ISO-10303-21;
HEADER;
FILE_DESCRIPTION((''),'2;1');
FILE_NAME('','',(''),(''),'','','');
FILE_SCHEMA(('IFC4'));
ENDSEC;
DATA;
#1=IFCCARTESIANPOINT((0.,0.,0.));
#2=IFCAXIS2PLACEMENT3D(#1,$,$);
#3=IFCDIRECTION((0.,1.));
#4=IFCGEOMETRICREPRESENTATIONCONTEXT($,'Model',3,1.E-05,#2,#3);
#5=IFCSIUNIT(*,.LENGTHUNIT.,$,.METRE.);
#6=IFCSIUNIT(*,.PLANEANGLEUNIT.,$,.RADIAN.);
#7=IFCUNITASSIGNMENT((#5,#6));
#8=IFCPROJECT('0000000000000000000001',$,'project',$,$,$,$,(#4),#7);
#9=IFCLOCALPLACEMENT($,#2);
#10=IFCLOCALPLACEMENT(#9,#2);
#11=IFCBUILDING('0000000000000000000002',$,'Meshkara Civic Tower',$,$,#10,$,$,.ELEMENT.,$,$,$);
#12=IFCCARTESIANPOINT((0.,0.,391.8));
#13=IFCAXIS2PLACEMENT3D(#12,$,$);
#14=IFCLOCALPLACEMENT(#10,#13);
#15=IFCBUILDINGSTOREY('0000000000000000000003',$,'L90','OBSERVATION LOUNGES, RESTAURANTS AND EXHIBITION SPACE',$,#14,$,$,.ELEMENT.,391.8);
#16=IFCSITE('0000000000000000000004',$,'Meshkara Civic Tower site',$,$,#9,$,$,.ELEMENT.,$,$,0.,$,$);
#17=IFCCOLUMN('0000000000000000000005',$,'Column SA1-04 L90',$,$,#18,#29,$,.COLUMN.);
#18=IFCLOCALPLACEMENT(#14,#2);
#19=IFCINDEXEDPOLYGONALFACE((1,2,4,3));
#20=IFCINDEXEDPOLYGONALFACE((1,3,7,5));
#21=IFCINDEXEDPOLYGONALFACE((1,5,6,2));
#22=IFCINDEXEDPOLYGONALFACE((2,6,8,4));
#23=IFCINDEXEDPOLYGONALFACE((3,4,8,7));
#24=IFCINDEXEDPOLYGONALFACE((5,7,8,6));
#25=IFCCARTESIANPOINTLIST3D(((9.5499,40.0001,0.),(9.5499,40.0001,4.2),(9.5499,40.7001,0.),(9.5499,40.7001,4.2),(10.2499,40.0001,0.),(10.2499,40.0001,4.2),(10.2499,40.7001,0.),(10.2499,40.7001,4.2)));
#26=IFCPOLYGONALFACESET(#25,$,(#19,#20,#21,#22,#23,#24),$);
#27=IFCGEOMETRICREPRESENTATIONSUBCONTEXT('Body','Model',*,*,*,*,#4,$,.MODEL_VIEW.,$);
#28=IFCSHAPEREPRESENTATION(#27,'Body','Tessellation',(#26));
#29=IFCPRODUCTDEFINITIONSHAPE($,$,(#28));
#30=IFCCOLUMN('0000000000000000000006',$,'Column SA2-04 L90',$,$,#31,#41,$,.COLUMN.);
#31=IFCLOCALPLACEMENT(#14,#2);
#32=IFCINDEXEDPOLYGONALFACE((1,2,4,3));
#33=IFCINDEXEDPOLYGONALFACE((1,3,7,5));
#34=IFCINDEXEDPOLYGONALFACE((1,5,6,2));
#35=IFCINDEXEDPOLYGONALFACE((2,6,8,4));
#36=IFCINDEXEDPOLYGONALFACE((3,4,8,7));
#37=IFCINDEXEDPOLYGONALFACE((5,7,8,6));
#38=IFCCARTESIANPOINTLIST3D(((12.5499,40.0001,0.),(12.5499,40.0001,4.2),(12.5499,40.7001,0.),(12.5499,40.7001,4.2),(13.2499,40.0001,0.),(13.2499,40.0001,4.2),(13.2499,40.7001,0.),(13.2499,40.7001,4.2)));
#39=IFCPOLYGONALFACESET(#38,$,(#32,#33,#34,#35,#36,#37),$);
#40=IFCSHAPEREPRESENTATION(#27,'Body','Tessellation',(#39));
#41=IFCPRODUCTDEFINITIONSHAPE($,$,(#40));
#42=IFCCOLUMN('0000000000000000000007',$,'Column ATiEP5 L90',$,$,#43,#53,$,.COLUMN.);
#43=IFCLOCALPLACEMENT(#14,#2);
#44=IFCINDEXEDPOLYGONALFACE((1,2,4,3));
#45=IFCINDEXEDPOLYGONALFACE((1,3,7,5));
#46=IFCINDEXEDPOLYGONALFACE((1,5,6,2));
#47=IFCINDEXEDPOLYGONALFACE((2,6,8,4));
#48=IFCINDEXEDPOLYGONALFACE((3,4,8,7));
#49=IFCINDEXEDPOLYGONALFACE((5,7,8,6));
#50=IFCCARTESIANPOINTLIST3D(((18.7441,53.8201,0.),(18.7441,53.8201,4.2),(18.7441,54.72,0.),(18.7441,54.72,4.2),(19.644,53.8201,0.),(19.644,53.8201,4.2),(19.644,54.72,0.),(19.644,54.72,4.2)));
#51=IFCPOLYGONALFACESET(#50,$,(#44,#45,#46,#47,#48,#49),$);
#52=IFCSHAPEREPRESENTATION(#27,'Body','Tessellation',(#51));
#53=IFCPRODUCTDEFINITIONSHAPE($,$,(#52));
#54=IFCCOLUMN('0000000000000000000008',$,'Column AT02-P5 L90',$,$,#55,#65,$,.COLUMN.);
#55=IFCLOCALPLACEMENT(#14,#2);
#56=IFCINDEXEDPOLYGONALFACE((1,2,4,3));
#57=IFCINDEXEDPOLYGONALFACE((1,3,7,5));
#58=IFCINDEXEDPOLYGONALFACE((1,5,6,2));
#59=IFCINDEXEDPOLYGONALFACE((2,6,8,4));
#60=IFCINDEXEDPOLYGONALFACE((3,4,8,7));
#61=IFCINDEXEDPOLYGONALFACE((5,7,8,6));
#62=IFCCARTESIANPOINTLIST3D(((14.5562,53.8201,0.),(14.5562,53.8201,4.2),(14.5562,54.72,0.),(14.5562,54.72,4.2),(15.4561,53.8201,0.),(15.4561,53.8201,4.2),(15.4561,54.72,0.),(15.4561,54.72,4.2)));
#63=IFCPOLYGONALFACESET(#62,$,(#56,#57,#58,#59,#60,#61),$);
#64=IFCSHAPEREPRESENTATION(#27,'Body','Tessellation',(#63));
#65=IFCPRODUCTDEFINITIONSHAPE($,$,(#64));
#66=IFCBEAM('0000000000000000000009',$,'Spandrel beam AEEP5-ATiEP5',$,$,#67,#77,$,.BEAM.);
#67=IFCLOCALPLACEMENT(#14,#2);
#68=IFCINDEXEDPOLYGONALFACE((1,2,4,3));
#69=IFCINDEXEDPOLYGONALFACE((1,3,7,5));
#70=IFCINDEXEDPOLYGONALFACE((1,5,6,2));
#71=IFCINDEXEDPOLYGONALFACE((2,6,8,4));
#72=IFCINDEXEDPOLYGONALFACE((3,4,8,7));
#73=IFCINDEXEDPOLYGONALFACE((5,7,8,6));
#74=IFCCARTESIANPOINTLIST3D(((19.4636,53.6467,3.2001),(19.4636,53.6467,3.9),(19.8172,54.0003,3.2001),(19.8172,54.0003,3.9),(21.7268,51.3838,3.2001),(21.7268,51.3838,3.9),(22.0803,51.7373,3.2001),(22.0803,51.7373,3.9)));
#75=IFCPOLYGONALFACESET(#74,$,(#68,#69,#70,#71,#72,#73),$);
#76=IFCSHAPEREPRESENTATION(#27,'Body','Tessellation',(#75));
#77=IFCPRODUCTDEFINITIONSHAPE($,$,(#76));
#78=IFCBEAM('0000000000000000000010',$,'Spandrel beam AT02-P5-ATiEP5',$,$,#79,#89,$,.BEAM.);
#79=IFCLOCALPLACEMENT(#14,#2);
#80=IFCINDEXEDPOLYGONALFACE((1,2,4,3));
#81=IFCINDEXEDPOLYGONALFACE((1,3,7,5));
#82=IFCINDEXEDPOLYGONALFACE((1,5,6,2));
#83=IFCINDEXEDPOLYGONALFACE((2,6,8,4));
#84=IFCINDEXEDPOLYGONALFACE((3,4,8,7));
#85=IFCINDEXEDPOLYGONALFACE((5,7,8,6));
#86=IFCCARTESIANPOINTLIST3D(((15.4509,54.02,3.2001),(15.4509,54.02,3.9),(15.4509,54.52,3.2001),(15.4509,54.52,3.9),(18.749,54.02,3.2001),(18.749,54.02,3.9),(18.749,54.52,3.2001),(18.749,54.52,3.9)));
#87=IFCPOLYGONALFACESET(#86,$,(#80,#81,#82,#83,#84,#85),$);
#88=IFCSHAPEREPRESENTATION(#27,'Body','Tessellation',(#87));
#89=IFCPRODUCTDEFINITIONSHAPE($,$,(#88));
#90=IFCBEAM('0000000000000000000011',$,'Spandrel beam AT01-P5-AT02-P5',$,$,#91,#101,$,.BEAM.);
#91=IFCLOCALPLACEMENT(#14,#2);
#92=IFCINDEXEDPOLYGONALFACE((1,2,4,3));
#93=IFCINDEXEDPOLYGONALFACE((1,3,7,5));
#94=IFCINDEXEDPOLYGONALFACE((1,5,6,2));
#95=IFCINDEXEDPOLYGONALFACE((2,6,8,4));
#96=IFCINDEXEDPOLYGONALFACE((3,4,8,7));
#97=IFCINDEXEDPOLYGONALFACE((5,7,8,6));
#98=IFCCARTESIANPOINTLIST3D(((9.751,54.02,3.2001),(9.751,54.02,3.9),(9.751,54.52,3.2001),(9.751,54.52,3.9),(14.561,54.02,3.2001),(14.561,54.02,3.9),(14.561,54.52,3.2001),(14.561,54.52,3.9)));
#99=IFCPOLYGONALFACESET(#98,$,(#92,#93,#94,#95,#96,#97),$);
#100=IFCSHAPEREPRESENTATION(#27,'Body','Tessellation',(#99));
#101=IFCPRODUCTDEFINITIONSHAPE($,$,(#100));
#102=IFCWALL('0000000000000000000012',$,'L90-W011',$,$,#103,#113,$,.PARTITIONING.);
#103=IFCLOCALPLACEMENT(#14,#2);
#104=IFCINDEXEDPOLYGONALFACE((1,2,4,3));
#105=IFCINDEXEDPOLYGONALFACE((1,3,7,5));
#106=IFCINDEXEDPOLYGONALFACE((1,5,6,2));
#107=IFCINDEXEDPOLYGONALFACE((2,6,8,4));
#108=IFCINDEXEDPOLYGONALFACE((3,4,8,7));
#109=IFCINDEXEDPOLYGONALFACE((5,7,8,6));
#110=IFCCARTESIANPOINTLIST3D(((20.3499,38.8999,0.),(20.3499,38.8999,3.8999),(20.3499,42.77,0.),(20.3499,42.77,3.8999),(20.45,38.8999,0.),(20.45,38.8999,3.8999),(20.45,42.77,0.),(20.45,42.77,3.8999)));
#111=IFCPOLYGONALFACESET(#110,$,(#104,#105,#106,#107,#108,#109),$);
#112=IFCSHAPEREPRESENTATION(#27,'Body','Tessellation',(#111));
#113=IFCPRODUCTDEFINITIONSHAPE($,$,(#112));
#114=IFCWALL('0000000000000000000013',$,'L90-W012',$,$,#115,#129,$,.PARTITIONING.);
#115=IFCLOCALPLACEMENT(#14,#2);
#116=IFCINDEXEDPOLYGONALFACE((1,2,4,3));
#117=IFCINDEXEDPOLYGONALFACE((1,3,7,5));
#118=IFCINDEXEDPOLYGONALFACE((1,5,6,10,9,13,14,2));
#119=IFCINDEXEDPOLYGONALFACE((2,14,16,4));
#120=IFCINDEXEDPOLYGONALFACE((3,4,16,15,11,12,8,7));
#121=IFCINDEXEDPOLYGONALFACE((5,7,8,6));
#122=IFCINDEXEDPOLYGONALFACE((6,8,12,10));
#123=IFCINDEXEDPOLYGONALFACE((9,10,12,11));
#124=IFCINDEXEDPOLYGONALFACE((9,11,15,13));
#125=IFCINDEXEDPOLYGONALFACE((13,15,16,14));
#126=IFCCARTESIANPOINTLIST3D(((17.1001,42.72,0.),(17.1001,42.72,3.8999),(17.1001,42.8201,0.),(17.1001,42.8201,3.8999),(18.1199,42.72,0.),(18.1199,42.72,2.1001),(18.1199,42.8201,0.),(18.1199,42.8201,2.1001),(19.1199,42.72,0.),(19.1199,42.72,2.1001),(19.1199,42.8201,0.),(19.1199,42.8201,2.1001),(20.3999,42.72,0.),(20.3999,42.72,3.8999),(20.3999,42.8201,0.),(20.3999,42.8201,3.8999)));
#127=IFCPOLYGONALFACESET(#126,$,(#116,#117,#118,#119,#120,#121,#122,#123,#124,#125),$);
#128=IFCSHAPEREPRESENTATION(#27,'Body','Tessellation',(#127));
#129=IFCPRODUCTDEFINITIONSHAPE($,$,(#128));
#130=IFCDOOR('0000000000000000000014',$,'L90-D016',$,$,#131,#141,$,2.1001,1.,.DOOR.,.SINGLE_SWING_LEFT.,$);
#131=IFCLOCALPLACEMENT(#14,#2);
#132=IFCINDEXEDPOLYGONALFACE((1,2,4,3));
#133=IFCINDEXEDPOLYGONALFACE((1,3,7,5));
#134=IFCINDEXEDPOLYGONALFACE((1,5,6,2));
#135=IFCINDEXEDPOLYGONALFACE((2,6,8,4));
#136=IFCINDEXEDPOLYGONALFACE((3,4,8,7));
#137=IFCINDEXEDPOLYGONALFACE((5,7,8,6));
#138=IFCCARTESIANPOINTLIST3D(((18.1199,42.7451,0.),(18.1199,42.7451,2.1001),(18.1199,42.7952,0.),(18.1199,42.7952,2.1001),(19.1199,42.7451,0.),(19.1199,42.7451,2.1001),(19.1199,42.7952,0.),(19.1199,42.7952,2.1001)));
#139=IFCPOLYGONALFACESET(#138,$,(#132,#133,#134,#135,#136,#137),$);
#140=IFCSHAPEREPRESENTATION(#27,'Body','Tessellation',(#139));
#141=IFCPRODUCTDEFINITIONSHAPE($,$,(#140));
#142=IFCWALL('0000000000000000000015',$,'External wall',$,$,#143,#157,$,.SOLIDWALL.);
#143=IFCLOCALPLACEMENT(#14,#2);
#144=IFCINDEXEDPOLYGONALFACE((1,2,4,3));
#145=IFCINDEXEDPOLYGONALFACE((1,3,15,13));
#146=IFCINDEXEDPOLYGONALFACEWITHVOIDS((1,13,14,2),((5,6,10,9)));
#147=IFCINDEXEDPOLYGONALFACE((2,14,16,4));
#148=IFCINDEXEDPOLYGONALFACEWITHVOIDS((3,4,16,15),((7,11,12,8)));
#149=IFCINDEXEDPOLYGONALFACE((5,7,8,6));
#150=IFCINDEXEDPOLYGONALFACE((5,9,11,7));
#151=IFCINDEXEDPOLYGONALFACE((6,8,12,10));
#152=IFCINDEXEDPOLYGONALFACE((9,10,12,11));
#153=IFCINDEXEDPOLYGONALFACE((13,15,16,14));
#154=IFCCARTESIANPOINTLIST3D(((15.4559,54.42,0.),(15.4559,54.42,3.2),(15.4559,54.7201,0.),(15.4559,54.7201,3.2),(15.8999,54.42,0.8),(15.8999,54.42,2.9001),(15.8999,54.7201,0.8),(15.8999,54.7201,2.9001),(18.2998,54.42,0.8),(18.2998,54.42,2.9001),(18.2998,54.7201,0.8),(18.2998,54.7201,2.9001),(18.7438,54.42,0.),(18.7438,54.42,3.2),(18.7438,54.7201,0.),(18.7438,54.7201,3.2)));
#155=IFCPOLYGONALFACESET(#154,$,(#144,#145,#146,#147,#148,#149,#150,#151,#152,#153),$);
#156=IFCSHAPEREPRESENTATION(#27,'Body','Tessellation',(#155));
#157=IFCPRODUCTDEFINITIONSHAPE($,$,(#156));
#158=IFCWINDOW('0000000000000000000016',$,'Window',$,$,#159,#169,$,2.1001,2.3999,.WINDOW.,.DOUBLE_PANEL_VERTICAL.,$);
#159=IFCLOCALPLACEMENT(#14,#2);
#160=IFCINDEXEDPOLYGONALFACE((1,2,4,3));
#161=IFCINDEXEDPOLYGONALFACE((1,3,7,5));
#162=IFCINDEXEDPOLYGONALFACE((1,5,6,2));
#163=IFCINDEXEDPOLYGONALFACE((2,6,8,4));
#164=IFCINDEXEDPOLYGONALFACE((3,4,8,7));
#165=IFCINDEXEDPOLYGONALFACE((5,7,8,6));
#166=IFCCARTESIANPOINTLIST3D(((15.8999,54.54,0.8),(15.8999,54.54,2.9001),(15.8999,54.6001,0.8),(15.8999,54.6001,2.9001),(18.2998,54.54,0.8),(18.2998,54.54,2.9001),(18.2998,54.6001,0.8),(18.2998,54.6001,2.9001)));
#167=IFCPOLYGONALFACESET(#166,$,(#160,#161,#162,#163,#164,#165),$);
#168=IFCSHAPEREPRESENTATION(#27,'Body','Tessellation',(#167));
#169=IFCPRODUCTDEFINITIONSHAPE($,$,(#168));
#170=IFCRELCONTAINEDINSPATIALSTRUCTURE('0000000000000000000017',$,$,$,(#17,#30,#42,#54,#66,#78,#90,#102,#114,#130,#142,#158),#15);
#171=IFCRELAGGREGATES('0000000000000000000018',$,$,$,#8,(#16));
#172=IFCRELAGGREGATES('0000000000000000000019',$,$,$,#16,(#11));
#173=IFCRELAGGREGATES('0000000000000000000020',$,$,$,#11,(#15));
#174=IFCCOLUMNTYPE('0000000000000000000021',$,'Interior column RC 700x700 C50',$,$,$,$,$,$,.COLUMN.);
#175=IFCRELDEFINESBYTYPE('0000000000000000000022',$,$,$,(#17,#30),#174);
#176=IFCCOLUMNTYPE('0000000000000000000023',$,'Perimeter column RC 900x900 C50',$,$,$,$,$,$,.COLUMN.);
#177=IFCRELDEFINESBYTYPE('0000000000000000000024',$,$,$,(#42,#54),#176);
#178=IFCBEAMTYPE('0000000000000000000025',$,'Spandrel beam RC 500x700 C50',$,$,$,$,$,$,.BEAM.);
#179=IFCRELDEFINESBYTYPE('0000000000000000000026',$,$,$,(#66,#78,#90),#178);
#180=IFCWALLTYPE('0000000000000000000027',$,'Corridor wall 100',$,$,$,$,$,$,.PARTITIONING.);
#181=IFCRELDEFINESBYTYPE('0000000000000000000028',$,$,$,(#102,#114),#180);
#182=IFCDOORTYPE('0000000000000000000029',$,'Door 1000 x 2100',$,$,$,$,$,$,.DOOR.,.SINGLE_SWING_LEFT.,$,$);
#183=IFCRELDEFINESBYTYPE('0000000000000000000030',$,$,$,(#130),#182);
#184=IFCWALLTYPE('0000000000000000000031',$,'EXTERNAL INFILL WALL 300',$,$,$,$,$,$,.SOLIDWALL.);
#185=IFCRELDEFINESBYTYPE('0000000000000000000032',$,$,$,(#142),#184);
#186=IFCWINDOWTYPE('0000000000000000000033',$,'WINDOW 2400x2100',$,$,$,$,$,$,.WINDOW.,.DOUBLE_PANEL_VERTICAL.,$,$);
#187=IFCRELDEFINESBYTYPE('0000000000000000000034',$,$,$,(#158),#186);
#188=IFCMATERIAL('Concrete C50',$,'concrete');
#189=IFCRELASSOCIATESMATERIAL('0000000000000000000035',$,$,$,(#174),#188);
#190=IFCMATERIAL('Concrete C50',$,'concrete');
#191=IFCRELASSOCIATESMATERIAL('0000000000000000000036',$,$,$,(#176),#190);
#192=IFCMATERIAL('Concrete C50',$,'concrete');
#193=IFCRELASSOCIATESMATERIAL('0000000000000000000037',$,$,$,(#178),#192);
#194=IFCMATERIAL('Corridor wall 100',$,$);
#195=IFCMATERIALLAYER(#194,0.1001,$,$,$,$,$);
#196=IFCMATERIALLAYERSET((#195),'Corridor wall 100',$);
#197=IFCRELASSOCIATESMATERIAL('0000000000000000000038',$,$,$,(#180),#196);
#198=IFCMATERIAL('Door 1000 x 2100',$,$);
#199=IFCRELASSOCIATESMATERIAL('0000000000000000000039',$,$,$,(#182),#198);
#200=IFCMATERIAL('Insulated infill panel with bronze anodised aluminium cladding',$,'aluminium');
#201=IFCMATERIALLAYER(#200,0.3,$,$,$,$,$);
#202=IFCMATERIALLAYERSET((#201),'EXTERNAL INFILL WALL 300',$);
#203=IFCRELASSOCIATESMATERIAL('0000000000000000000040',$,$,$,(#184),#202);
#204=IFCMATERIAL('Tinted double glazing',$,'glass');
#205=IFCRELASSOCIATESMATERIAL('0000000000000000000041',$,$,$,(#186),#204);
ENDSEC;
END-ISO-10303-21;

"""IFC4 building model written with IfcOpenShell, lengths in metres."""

from ifc_helpers import new_model, si_unit, direction, frame, frame_2d, origin, origin_2d, place, context, subcontext, project, spatial, rectangle, extrude, material, layer, layer_set, material_profile, profile_set, type_object, element, fill, save


model = new_model("IFC4")

# Units and contexts
model_context = context("Model", 3, precision=1e-05, world=origin(), true_north=direction((0.0, 1.0)))
body_context = subcontext(model_context, "Body", "Model", "MODEL_VIEW")
ifc_project = project(units=[si_unit("LENGTHUNIT", "METRE"), si_unit("PLANEANGLEUNIT", "RADIAN")], contexts=[model_context])

# Site, building, storey
site_placement = place(None, origin())
site = spatial("IfcSite", under=ifc_project, at=site_placement, Name="Meshkara Civic Tower site", CompositionType="ELEMENT", RefElevation=0.0)
building_placement = place(site_placement, origin())
building = spatial("IfcBuilding", under=site, at=building_placement, Name="Meshkara Civic Tower", CompositionType="ELEMENT")
storey_placement = place(building_placement, frame((0.0, 0.0, 391.8)))
storey = spatial("IfcBuildingStorey", under=building, at=storey_placement, Name="L90", Description="OBSERVATION LOUNGES, RESTAURANTS AND EXHIBITION SPACE", CompositionType="ELEMENT", Elevation=391.8)

# Columns
ifc_material_1 = material(Name="Concrete C50", Category="concrete")
ifc_material_profile_1 = material_profile(ifc_material_1, rectangle(XDim=0.7, YDim=0.7, at=origin_2d()))
ifc_profile_set_1 = profile_set([ifc_material_profile_1], Name="Concrete C50")
column_type_1 = type_object("IfcColumnType", Name="Interior column RC 700x700 C50", PredefinedType="COLUMN", material=ifc_profile_set_1)
for number, where, z_axis, x_axis, name in (
    (1, (9.8999, 40.3501, 0.0), (0.0, 0.0, 1.0), (1.0, 0.0, 0.0), "Column SA1-04 L90"),
    (2, (12.8999, 40.3501, 0.0), (0.0, 0.0, 1.0), (1.0, 0.0, 0.0), "Column SA2-04 L90"),
):
    element("IfcColumn", number, at=place(storey_placement, frame(where, z_axis=z_axis, x_axis=x_axis)), inside=storey, type_object=column_type_1, Name=name, PredefinedType="COLUMN", context=body_context, shape_type="SweptSolid", body=[
        extrude(rectangle(XDim=0.7, YDim=0.7, at=origin_2d()), origin(), (0.0, 0.0, 1.0), 4.2),
    ])
ifc_material_2 = material(Name="Concrete C50", Category="concrete")
ifc_material_profile_2 = material_profile(ifc_material_2, rectangle(XDim=0.8999, YDim=0.8999, at=origin_2d()))
ifc_profile_set_2 = profile_set([ifc_material_profile_2], Name="Concrete C50")
column_type_2 = type_object("IfcColumnType", Name="Perimeter column RC 900x900 C50", PredefinedType="COLUMN", material=ifc_profile_set_2)
for number, where, z_axis, x_axis, name in (
    (3, (19.1941, 54.27, 0.0), (0.0, 0.0, 1.0), (1.0, 0.0, 0.0), "Column ATiEP5 L90"),
    (4, (15.0061, 54.27, 0.0), (0.0, 0.0, 1.0), (1.0, 0.0, 0.0), "Column AT02-P5 L90"),
):
    element("IfcColumn", number, at=place(storey_placement, frame(where, z_axis=z_axis, x_axis=x_axis)), inside=storey, type_object=column_type_2, Name=name, PredefinedType="COLUMN", context=body_context, shape_type="SweptSolid", body=[
        extrude(rectangle(XDim=0.8999, YDim=0.8999, at=origin_2d()), origin(), (0.0, 0.0, 1.0), 4.2),
    ])

# Beams
ifc_material_3 = material(Name="Concrete C50", Category="concrete")
ifc_material_profile_3 = material_profile(ifc_material_3, rectangle(XDim=0.5, YDim=0.7, at=origin_2d()))
ifc_profile_set_3 = profile_set([ifc_material_profile_3], Name="Concrete C50")
beam_type = type_object("IfcBeamType", Name="Spandrel beam RC 500x700 C50", PredefinedType="BEAM", material=ifc_profile_set_3)
beam_1_placement = place(storey_placement, frame((21.9036, 51.5605, 3.55), z_axis=(-0.707145, 0.707069, 0.0), x_axis=(-0.707069, -0.707145, 0.0)))
element("IfcBeam", 5, at=beam_1_placement, inside=storey, type_object=beam_type, Name="Spandrel beam AEEP5-ATiEP5", PredefinedType="BEAM", context=body_context, shape_type="SweptSolid", body=[
    extrude(rectangle(XDim=0.5, YDim=0.7, at=origin_2d()), origin(), (0.0, 0.0, 1.0), 3.2004),
])
beam_2_placement = place(storey_placement, frame((18.749, 54.27, 3.55), z_axis=(-1.0, 0.0, 0.0), x_axis=(0.0, -1.0, 0.0)))
element("IfcBeam", 6, at=beam_2_placement, inside=storey, type_object=beam_type, Name="Spandrel beam AT02-P5-ATiEP5", PredefinedType="BEAM", context=body_context, shape_type="SweptSolid", body=[
    extrude(rectangle(XDim=0.5, YDim=0.7, at=origin_2d()), origin(), (0.0, 0.0, 1.0), 3.2981),
])
beam_3_placement = place(storey_placement, frame((14.561, 54.27, 3.55), z_axis=(-1.0, 0.0, 0.0), x_axis=(0.0, -1.0, 0.0)))
element("IfcBeam", 7, at=beam_3_placement, inside=storey, type_object=beam_type, Name="Spandrel beam AT01-P5-AT02-P5", PredefinedType="BEAM", context=body_context, shape_type="SweptSolid", body=[
    extrude(rectangle(XDim=0.5, YDim=0.7, at=origin_2d()), origin(), (0.0, 0.0, 1.0), 4.8101),
])

# Wall
ifc_material_4 = material(Name="Corridor wall 100")
ifc_layer_1 = layer(ifc_material_4, 0.1001)
ifc_layer_set_1 = layer_set([ifc_layer_1], Name="Corridor wall 100")
wall_type_1 = type_object("IfcWallType", Name="Corridor wall 100", PredefinedType="PARTITIONING", material=ifc_layer_set_1)
wall_1_placement = place(storey_placement, frame((20.3999, 38.8999, 0.0), z_axis=(0.0, 0.0, 1.0), x_axis=(0.0, 1.0, 0.0)))
element("IfcWall", 8, at=wall_1_placement, inside=storey, type_object=wall_type_1, Name="L90-W011", PredefinedType="PARTITIONING", context=body_context, shape_type="SweptSolid", body=[
    extrude(rectangle(XDim=3.8701, YDim=0.1001, at=frame_2d((1.9351, 0.0))), origin(), (0.0, 0.0, 1.0), 3.8999),
])

# Wall, opening, door
wall_2_placement = place(storey_placement, frame((20.3999, 42.77, 0.0), z_axis=(0.0, 0.0, 1.0), x_axis=(-1.0, 0.0, 0.0)))
wall_2 = element("IfcWall", 9, at=wall_2_placement, inside=storey, type_object=wall_type_1, Name="L90-W012", PredefinedType="PARTITIONING", context=body_context, shape_type="SweptSolid", body=[
    extrude(rectangle(XDim=3.2998, YDim=0.1001, at=frame_2d((1.6499, 0.0))), origin(), (0.0, 0.0, 1.0), 3.8999),
])
opening_1_placement = place(wall_2_placement, frame((1.28, 0.0, 0.0)))
opening_1 = element("IfcOpeningElement", 10, at=opening_1_placement, cuts=wall_2, PredefinedType="OPENING", context=body_context, shape_type="SweptSolid", body=[
    extrude(rectangle(XDim=1.0, YDim=2.1001, at=frame_2d((0.5, 1.05))), frame((0.0, 0.0601, 0.0), z_axis=(0.0, -1.0, 0.0), x_axis=(1.0, 0.0, 0.0)), (0.0, 0.0, 1.0), 0.1201),
])
ifc_material_5 = material(Name="Door 1000 x 2100")
door_type_1 = type_object("IfcDoorType", Name="Door 1000 x 2100", OperationType="SINGLE_SWING_LEFT", PredefinedType="DOOR", material=ifc_material_5)
door_1_placement = place(opening_1_placement, origin())
door_1 = element("IfcDoor", 11, at=door_1_placement, inside=storey, type_object=door_type_1, Name="L90-D016", OperationType="SINGLE_SWING_LEFT", OverallHeight=2.1001, OverallWidth=1.0, PredefinedType="DOOR", context=body_context, shape_type="SweptSolid", body=[
    extrude(rectangle(XDim=1.0, YDim=2.1001, at=frame_2d((0.5, 1.05))), frame((0.0, 0.0249, 0.0), z_axis=(0.0, -1.0, 0.0), x_axis=(1.0, 0.0, 0.0)), (0.0, 0.0, 1.0), 0.05),
])
fill(opening_1, door_1)

# Wall, opening, window
ifc_material_6 = material(Name="Insulated infill panel with bronze anodised aluminium cladding", Category="aluminium")
ifc_layer_2 = layer(ifc_material_6, 0.3)
ifc_layer_set_2 = layer_set([ifc_layer_2], Name="EXTERNAL INFILL WALL 300")
wall_type_2 = type_object("IfcWallType", Name="EXTERNAL INFILL WALL 300", PredefinedType="SOLIDWALL", material=ifc_layer_set_2)
wall_3_placement = place(storey_placement, frame((18.7439, 54.5701, 0.0), z_axis=(0.0, 0.0, 1.0), x_axis=(-1.0, 0.0, 0.0)))
wall_3 = element("IfcWall", 12, at=wall_3_placement, inside=storey, type_object=wall_type_2, Name="External wall", PredefinedType="SOLIDWALL", context=body_context, shape_type="SweptSolid", body=[
    extrude(rectangle(XDim=3.2878, YDim=0.3, at=frame_2d((1.644, 0.0))), origin(), (0.0, 0.0, 1.0), 3.2),
])
opening_2_placement = place(wall_3_placement, frame((0.4441, 0.0, 0.8)))
opening_2 = element("IfcOpeningElement", 13, at=opening_2_placement, cuts=wall_3, PredefinedType="OPENING", context=body_context, shape_type="SweptSolid", body=[
    extrude(rectangle(XDim=2.3999, YDim=2.1001, at=frame_2d((1.2, 1.05))), frame((0.0, 0.1599, 0.0), z_axis=(0.0, -1.0, 0.0), x_axis=(1.0, 0.0, 0.0)), (0.0, 0.0, 1.0), 0.3201),
])
ifc_material_7 = material(Name="Tinted double glazing", Category="glass")
window_type = type_object("IfcWindowType", Name="WINDOW 2400x2100", PartitioningType="DOUBLE_PANEL_VERTICAL", PredefinedType="WINDOW", material=ifc_material_7)
window_1_placement = place(opening_2_placement, origin())
window_1 = element("IfcWindow", 14, at=window_1_placement, inside=storey, type_object=window_type, Name="Window", OverallHeight=2.1001, OverallWidth=2.3999, PartitioningType="DOUBLE_PANEL_VERTICAL", PredefinedType="WINDOW", context=body_context, shape_type="SweptSolid", body=[
    extrude(rectangle(XDim=2.3999, YDim=2.1001, at=frame_2d((1.2, 1.05))), frame((0.0, 0.03, 0.0), z_axis=(0.0, -1.0, 0.0), x_axis=(1.0, 0.0, 0.0)), (0.0, 0.0, 1.0), 0.0601),
])
fill(opening_2, window_1)

save(model, "model.ifc")
